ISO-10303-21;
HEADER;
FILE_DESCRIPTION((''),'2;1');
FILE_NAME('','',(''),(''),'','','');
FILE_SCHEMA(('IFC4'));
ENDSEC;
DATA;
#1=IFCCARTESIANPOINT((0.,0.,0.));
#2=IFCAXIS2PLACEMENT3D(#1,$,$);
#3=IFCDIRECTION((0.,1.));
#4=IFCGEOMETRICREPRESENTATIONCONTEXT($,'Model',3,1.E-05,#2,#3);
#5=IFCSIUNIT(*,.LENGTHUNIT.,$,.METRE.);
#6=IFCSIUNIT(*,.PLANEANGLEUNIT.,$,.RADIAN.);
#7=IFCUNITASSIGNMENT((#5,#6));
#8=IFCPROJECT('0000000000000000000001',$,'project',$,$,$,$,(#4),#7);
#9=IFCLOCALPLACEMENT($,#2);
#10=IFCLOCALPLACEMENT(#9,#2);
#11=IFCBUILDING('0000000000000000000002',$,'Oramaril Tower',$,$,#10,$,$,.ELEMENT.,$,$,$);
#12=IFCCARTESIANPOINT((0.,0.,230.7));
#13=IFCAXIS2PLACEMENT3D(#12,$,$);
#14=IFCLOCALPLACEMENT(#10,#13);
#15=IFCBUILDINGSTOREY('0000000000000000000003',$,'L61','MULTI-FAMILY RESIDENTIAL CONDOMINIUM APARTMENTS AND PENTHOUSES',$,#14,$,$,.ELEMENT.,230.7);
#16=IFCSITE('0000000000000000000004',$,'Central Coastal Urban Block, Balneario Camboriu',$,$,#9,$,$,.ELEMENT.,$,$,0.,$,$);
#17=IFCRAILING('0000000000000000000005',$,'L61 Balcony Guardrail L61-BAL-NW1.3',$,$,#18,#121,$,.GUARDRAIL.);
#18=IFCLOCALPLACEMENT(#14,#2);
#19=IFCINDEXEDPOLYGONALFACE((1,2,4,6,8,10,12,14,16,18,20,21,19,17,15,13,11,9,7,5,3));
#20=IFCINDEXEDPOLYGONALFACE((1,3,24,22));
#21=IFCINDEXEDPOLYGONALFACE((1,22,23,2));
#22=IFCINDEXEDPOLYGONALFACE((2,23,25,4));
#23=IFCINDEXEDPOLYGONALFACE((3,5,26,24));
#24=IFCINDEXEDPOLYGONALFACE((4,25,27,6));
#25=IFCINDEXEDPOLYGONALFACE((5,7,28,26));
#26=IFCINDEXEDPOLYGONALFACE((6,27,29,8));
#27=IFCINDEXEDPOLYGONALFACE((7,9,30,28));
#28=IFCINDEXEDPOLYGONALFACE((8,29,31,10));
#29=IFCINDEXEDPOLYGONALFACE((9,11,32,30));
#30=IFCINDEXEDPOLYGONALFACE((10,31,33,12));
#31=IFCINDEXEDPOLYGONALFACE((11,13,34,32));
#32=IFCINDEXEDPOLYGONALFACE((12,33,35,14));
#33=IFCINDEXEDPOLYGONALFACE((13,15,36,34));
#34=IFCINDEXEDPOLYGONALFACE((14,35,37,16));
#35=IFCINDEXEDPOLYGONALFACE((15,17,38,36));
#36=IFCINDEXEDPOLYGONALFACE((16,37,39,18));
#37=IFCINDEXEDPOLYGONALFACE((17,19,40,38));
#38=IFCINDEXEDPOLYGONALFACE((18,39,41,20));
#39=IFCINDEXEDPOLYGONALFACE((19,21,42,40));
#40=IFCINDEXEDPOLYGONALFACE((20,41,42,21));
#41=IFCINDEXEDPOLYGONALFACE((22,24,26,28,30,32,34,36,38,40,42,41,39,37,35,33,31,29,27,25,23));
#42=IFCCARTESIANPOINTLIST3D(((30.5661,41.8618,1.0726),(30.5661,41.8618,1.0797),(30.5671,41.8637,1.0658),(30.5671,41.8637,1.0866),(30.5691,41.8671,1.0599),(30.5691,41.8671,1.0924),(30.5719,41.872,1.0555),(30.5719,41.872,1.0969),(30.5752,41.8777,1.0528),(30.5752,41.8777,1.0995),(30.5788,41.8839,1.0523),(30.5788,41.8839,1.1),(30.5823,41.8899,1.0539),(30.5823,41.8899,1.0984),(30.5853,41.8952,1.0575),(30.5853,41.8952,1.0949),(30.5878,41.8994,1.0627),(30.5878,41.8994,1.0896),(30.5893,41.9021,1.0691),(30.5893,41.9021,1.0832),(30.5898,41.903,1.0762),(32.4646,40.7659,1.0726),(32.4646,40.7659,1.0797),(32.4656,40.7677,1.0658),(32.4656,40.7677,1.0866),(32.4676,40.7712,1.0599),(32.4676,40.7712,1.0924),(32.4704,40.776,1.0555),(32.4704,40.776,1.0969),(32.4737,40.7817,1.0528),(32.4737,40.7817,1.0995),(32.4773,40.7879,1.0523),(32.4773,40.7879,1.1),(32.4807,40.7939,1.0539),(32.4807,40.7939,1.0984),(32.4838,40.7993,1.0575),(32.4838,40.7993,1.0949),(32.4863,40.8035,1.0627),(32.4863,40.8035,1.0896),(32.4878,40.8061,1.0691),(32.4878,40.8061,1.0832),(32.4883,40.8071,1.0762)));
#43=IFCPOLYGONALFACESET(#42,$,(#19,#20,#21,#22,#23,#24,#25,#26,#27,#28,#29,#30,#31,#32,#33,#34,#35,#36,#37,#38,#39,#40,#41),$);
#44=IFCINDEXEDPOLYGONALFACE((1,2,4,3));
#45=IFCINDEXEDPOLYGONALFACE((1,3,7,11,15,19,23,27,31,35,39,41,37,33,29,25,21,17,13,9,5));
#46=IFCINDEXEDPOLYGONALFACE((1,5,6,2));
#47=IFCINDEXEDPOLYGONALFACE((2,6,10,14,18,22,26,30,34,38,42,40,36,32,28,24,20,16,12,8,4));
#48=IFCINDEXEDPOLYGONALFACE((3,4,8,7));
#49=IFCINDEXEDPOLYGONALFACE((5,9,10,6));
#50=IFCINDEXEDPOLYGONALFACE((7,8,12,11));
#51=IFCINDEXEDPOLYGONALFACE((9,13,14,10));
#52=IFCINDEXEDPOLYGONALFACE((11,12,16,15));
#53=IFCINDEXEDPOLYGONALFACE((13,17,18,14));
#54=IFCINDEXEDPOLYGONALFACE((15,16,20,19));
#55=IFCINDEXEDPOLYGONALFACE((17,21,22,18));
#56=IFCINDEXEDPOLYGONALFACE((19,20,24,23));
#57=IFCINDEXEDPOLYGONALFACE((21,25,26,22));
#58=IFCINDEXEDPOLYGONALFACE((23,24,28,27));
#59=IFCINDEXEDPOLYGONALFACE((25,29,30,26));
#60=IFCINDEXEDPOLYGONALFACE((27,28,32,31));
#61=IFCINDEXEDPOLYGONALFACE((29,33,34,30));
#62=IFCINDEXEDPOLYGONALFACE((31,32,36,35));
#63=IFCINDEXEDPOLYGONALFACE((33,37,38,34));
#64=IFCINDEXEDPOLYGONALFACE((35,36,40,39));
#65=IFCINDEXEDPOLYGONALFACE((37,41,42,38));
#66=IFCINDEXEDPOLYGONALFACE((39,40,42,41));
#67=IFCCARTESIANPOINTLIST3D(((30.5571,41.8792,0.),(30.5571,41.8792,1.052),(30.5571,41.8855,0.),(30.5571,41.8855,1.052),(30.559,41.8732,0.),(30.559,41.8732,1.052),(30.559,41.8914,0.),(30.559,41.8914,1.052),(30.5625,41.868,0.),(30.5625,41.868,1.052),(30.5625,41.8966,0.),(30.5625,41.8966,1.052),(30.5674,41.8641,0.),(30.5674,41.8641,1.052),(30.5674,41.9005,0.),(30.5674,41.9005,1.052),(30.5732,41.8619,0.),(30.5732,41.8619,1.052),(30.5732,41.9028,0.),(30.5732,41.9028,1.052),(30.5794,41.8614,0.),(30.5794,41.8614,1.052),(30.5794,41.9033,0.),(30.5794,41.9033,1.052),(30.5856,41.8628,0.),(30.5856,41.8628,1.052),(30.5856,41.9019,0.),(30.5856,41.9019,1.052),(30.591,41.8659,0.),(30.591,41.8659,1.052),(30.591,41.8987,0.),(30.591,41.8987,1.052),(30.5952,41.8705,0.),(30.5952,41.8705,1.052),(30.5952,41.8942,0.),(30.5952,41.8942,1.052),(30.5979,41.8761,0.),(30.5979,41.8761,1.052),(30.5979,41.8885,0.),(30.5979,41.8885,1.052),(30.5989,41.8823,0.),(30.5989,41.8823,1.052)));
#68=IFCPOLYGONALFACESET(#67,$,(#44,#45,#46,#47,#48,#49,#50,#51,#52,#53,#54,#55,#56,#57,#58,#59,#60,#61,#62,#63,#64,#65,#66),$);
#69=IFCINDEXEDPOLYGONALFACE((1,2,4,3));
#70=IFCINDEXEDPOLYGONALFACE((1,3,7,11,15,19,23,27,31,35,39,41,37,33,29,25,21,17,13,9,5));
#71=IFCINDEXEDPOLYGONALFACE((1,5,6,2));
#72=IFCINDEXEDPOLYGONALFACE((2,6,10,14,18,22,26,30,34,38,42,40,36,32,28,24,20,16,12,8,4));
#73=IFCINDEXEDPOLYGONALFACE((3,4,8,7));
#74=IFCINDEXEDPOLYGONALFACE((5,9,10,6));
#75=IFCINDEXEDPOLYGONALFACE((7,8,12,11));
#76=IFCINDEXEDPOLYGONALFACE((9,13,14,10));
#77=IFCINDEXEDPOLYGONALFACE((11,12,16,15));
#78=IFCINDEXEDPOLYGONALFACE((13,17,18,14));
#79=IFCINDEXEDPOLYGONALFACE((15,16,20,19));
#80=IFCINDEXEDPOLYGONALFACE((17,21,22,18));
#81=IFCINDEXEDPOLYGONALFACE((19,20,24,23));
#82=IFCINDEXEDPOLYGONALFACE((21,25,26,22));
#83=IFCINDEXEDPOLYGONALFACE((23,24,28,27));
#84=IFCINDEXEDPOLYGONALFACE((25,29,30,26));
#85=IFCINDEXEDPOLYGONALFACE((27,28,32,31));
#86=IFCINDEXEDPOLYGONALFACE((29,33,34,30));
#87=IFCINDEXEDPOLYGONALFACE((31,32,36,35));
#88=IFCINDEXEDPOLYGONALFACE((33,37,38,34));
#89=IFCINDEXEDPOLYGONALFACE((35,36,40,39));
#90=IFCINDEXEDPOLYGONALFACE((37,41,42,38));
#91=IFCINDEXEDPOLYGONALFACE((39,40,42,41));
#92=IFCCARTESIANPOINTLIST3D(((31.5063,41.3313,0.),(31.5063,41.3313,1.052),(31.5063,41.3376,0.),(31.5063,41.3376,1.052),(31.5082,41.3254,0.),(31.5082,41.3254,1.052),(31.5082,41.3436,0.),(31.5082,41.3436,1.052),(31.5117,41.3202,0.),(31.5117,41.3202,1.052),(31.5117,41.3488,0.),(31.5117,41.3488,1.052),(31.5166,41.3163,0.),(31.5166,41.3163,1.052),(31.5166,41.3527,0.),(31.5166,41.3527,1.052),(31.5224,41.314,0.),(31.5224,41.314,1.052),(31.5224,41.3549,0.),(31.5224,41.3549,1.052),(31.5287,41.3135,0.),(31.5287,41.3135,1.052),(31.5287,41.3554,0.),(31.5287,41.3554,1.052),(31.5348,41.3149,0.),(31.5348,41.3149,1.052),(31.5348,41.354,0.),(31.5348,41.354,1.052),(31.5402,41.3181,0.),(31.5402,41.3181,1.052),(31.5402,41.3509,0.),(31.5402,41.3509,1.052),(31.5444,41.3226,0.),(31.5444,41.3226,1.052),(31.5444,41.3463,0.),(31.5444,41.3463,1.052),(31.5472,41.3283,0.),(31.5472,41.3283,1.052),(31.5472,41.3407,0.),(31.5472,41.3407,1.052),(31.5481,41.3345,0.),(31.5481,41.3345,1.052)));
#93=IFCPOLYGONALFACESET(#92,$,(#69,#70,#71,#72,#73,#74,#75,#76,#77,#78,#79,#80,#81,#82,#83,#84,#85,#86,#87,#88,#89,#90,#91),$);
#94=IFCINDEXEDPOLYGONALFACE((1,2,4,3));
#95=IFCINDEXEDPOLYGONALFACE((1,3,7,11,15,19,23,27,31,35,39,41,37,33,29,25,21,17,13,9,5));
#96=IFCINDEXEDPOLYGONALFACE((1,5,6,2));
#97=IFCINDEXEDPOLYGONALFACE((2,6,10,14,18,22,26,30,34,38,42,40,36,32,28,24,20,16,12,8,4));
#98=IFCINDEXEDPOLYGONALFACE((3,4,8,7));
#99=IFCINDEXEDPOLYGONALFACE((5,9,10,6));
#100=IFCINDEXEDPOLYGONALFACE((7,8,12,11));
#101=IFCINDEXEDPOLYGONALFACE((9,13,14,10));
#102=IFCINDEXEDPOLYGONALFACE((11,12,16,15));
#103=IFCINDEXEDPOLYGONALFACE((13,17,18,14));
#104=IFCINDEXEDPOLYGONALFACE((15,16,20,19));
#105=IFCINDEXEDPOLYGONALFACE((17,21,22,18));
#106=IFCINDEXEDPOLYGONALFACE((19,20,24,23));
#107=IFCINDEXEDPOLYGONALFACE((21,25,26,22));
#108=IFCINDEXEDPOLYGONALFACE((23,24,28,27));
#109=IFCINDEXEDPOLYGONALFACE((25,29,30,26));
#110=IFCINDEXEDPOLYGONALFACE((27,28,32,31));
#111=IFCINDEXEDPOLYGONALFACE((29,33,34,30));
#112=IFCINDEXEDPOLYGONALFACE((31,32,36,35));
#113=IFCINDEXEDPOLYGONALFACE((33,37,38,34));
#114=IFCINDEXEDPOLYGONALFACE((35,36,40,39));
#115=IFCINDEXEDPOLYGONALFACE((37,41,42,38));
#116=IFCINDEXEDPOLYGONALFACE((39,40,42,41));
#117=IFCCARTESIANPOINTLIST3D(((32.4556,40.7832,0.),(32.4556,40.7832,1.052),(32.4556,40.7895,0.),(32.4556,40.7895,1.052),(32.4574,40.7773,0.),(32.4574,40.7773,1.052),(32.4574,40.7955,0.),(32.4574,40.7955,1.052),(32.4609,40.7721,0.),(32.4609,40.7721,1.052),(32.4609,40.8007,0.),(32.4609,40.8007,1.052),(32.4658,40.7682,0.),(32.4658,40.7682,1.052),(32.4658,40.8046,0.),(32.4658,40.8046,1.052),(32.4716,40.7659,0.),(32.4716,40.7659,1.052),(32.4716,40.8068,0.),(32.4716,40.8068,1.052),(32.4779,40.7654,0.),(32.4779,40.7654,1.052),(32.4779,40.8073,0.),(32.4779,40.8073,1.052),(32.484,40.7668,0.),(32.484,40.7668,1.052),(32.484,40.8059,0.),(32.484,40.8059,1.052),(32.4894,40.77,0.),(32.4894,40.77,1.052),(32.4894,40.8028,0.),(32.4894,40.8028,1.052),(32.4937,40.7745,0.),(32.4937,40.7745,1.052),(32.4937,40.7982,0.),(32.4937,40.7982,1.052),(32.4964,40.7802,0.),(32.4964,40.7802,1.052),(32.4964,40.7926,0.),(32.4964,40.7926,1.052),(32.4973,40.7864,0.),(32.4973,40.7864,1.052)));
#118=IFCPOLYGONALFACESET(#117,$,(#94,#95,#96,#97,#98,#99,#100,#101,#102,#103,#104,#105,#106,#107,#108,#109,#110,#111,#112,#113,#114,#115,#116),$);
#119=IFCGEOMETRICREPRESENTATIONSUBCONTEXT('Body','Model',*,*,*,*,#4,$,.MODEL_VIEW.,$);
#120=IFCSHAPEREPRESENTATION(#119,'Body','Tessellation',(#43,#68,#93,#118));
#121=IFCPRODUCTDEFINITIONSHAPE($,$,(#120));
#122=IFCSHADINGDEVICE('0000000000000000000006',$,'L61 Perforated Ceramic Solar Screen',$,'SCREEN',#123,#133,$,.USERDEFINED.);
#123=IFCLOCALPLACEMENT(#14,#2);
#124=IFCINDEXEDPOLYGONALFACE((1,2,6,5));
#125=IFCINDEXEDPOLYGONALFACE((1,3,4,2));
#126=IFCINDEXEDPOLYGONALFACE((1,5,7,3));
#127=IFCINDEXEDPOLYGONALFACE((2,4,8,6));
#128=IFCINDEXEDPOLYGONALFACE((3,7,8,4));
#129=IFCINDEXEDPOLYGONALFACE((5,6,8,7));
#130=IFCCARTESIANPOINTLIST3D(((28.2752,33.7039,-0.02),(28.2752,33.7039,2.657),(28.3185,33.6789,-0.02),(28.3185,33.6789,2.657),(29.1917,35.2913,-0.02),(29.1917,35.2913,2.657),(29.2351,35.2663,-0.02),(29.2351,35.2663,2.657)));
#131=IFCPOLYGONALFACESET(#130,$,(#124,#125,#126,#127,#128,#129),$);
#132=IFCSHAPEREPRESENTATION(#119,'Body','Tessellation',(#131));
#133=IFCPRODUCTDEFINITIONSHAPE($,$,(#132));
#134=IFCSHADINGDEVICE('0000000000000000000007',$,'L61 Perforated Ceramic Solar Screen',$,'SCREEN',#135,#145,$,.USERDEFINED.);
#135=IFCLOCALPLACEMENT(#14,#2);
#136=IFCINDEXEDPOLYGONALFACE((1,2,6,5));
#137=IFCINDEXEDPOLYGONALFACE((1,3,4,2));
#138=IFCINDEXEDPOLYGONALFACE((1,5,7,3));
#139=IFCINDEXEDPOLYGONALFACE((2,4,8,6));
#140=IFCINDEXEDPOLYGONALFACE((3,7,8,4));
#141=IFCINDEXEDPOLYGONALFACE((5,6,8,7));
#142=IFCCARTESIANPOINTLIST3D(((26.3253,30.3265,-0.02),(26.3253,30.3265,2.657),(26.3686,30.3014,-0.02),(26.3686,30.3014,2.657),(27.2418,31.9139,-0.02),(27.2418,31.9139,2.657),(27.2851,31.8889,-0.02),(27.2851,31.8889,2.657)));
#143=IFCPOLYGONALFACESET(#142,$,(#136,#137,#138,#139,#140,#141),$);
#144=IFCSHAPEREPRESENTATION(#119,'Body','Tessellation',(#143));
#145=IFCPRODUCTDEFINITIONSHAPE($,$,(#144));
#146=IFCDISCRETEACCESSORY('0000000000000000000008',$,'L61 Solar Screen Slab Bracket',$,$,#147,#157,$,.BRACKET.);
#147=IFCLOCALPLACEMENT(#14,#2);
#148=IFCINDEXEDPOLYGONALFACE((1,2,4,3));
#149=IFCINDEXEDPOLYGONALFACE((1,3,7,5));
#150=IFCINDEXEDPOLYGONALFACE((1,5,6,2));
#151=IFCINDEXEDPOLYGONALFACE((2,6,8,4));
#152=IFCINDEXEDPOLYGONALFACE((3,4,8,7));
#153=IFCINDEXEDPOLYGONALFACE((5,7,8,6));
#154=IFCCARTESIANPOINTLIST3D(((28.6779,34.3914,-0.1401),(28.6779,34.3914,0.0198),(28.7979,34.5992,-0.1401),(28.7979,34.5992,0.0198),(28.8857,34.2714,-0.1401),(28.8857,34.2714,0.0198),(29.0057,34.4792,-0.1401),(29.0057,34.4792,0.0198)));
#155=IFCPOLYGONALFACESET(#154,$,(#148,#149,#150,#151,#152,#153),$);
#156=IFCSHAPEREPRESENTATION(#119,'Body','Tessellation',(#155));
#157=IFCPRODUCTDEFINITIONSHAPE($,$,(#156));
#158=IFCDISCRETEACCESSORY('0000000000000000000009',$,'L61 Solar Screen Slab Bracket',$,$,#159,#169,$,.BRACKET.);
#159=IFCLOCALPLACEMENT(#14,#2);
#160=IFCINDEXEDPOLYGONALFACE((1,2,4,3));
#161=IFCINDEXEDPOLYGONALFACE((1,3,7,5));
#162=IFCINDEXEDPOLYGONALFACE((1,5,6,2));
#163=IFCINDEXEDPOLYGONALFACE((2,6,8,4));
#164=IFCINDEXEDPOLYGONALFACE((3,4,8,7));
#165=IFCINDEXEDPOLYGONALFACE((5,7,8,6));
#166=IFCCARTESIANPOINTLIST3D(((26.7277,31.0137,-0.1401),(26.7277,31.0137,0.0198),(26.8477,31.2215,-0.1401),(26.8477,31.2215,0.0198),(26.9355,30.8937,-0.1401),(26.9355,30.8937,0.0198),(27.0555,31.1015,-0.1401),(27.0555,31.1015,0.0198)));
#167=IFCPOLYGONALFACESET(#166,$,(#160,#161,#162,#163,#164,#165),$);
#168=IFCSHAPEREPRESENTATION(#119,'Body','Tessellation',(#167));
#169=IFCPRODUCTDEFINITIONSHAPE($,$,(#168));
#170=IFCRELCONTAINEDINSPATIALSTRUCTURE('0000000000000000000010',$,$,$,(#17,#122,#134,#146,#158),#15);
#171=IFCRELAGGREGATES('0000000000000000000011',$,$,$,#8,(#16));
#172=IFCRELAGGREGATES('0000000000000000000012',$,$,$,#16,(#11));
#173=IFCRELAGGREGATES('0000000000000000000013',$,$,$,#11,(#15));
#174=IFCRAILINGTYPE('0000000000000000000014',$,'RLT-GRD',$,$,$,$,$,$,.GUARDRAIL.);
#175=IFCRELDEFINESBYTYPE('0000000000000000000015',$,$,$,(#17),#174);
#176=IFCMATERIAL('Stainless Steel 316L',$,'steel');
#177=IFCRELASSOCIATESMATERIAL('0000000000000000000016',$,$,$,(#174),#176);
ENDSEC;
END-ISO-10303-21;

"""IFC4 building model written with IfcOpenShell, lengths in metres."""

from ifc_helpers import new_model, si_unit, direction, frame, origin, origin_2d, place, context, subcontext, project, spatial, rectangle, circle, extrude, material, type_object, element, save


model = new_model("IFC4")

# Units and contexts
model_context = context("Model", 3, precision=1e-05, world=origin(), true_north=direction((0.0, 1.0)))
body_context = subcontext(model_context, "Body", "Model", "MODEL_VIEW")
ifc_project = project(units=[si_unit("LENGTHUNIT", "METRE"), si_unit("PLANEANGLEUNIT", "RADIAN")], contexts=[model_context])

# Site, building, storey
site_placement = place(None, origin())
site = spatial("IfcSite", under=ifc_project, at=site_placement, Name="Central Coastal Urban Block, Balneario Camboriu", CompositionType="ELEMENT", RefElevation=0.0)
building_placement = place(site_placement, origin())
building = spatial("IfcBuilding", under=site, at=building_placement, Name="Oramaril Tower", CompositionType="ELEMENT")
storey_placement = place(building_placement, frame((0.0, 0.0, 230.7)))
storey = spatial("IfcBuildingStorey", under=building, at=storey_placement, Name="L61", Description="MULTI-FAMILY RESIDENTIAL CONDOMINIUM APARTMENTS AND PENTHOUSES", CompositionType="ELEMENT", Elevation=230.7)

# Railing
ifc_material_1 = material(Name="Stainless Steel 316L", Category="steel")
railing_type = type_object("IfcRailingType", Name="RLT-GRD", PredefinedType="GUARDRAIL", material=ifc_material_1)
railing_1_placement = place(storey_placement, frame((30.5779, 41.8823, 0.0)))
element("IfcRailing", 1, at=railing_1_placement, inside=storey, type_object=railing_type, Name="L61 Balcony Guardrail L61-BAL-NW1.3", PredefinedType="GUARDRAIL", context=body_context, shape_type="SweptSolid", body=[
    extrude(circle(Radius=0.0239, at=origin_2d()), frame((0.0, 0.0, 1.0762), z_axis=(0.866048, -0.49996, 0.0), x_axis=(0.49996, 0.866048, 0.0)), (0.0, 0.0, 1.0), 2.1921),
    extrude(circle(Radius=0.021, at=origin_2d()), origin(), (0.0, 0.0, 1.0), 1.052),
    extrude(circle(Radius=0.021, at=origin_2d()), frame((0.9492, -0.5479, 0.0)), (0.0, 0.0, 1.0), 1.052),
    extrude(circle(Radius=0.021, at=origin_2d()), frame((1.8984, -1.0959, 0.0)), (0.0, 0.0, 1.0), 1.052),
])

# Shading devices
for number, where, z_axis, x_axis, name in (
    (2, (28.7551, 34.4851, -0.02), (0.0, 0.0, 1.0), (-0.500002, -0.866025, 0.0), "L61 Perforated Ceramic Solar Screen"),
    (3, (26.8052, 31.1077, -0.02), (0.0, 0.0, 1.0), (-0.500002, -0.866025, 0.0), "L61 Perforated Ceramic Solar Screen"),
):
    element("IfcShadingDevice", number, at=place(storey_placement, frame(where, z_axis=z_axis, x_axis=x_axis)), inside=storey, Name=name, ObjectType="SCREEN", PredefinedType="USERDEFINED", context=body_context, shape_type="SweptSolid", body=[
        extrude(rectangle(XDim=1.833, YDim=0.05, at=origin_2d()), origin(), (0.0, 0.0, 1.0), 2.677),
    ])

# Discrete accessories
for number, where, z_axis, x_axis, name in (
    (4, (28.8418, 34.4353, -0.1401), (0.0, 0.0, 1.0), (-0.500002, -0.866025, 0.0), "L61 Solar Screen Slab Bracket"),
    (5, (26.8916, 31.0576, -0.1401), (0.0, 0.0, 1.0), (-0.500002, -0.866025, 0.0), "L61 Solar Screen Slab Bracket"),
):
    element("IfcDiscreteAccessory", number, at=place(storey_placement, frame(where, z_axis=z_axis, x_axis=x_axis)), inside=storey, Name=name, PredefinedType="BRACKET", context=body_context, shape_type="SweptSolid", body=[
        extrude(rectangle(XDim=0.24, YDim=0.24, at=origin_2d()), origin(), (0.0, 0.0, 1.0), 0.1599),
    ])

save(model, "model.ifc")
